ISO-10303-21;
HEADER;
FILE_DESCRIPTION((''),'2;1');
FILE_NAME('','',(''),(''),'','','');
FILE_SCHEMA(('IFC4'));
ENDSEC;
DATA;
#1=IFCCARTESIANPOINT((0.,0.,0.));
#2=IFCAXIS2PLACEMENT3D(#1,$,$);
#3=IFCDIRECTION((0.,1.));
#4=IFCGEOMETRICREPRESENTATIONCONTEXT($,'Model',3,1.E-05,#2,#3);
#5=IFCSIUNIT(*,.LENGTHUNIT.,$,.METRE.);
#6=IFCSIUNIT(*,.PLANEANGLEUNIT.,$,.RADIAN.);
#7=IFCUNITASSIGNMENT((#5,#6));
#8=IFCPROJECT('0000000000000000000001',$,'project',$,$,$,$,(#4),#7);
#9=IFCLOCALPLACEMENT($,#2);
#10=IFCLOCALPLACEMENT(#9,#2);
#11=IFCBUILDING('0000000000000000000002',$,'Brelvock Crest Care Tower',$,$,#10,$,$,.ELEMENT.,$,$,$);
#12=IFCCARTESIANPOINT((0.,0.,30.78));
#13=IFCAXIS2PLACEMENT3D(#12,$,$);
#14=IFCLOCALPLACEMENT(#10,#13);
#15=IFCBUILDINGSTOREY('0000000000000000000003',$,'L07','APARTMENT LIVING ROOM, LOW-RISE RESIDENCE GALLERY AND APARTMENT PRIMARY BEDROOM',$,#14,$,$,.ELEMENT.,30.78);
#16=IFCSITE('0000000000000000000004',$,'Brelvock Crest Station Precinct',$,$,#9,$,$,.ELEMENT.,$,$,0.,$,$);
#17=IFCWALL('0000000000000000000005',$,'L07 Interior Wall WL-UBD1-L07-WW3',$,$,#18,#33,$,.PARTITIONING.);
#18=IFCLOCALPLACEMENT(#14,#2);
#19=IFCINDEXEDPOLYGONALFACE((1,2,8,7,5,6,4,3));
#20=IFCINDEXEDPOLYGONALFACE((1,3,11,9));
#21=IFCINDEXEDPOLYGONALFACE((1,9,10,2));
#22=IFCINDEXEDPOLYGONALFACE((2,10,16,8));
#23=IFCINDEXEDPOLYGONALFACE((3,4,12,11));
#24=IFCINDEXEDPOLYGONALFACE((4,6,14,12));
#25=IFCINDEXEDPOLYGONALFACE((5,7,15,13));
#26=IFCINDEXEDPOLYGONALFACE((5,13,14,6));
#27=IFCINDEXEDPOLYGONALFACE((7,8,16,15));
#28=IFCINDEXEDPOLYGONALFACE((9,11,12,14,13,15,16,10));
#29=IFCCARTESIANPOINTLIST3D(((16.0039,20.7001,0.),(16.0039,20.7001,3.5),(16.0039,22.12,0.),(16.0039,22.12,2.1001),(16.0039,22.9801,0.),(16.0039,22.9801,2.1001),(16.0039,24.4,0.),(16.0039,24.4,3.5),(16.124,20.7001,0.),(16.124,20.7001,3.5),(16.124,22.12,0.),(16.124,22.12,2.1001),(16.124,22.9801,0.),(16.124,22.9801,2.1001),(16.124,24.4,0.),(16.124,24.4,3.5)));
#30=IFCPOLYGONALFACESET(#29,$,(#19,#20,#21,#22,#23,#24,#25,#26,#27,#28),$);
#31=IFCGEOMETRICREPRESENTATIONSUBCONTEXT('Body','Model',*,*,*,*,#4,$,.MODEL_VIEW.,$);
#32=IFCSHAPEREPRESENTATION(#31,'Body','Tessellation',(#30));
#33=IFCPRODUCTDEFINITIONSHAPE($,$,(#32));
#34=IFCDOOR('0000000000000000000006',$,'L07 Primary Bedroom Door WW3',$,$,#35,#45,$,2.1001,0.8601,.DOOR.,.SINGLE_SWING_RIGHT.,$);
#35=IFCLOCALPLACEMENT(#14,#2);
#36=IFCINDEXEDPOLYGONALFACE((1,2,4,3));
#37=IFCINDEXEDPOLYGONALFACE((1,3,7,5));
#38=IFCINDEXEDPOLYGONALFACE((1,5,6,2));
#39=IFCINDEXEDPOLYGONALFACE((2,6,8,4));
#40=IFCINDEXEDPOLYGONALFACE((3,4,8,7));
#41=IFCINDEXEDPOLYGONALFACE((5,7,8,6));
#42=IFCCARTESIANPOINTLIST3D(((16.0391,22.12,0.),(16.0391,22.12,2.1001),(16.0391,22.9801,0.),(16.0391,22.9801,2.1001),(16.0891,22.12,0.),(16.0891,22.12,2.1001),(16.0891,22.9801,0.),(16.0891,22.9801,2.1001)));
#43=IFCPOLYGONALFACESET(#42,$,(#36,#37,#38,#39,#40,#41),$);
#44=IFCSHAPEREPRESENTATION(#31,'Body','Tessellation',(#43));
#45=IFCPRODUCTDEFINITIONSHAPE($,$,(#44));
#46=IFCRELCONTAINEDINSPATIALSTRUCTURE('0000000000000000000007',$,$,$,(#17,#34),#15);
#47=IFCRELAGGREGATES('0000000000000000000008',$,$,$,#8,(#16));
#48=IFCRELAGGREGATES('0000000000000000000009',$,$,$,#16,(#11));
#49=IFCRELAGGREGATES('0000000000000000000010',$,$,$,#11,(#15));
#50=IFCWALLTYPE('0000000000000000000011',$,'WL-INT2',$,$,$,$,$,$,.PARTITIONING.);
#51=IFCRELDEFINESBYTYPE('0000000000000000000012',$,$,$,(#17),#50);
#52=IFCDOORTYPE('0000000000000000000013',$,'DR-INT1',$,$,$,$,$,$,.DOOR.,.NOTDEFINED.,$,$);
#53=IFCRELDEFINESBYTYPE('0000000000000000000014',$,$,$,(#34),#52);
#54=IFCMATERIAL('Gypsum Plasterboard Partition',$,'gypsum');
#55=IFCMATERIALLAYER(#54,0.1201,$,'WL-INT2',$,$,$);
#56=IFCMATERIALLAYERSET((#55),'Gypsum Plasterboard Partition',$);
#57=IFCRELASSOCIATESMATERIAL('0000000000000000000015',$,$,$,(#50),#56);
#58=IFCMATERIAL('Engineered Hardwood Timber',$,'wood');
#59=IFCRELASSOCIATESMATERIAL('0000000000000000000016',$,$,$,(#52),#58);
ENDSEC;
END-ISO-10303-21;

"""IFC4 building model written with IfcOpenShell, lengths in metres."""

from ifc_helpers import new_model, si_unit, direction, frame, frame_2d, origin, origin_2d, place, context, subcontext, project, spatial, rectangle, extrude, source, transform, mapped, material, layer, layer_set, type_object, element, fill, save


model = new_model("IFC4")

# Units and contexts
model_context = context("Model", 3, precision=1e-05, world=origin(), true_north=direction((0.0, 1.0)))
body_context = subcontext(model_context, "Body", "Model", "MODEL_VIEW")
ifc_project = project(units=[si_unit("LENGTHUNIT", "METRE"), si_unit("PLANEANGLEUNIT", "RADIAN")], contexts=[model_context])

# Site, building, storey
site_placement = place(None, origin())
site = spatial("IfcSite", under=ifc_project, at=site_placement, Name="Brelvock Crest Station Precinct", CompositionType="ELEMENT", RefElevation=0.0)
building_placement = place(site_placement, origin())
building = spatial("IfcBuilding", under=site, at=building_placement, Name="Brelvock Crest Care Tower", CompositionType="ELEMENT")
storey_placement = place(building_placement, frame((0.0, 0.0, 30.78)))
storey = spatial("IfcBuildingStorey", under=building, at=storey_placement, Name="L07", Description="APARTMENT LIVING ROOM, LOW-RISE RESIDENCE GALLERY AND APARTMENT PRIMARY BEDROOM", CompositionType="ELEMENT", Elevation=30.78)

# Wall, opening, door
ifc_material_1 = material(Name="Gypsum Plasterboard Partition", Category="gypsum")
ifc_layer_1 = layer(ifc_material_1, 0.1201, Name="WL-INT2")
ifc_layer_set_1 = layer_set([ifc_layer_1], Name="Gypsum Plasterboard Partition")
wall_type_1 = type_object("IfcWallType", Name="WL-INT2", PredefinedType="PARTITIONING", material=ifc_layer_set_1)
wall_1_placement = place(storey_placement, frame((16.064, 20.7, 0.0), z_axis=(0.0, 0.0, 1.0), x_axis=(0.0, 1.0, 0.0)))
wall_1 = element("IfcWall", 1, at=wall_1_placement, inside=storey, type_object=wall_type_1, Name="L07 Interior Wall WL-UBD1-L07-WW3", PredefinedType="PARTITIONING", context=body_context, shape_type="SweptSolid", body=[
    extrude(rectangle(XDim=3.7, YDim=0.1201, at=frame_2d((1.8501, 0.0))), origin(), (0.0, 0.0, 1.0), 3.5),
])
opening_placement = place(wall_1_placement, frame((1.4199, 0.0, 0.0)))
opening = element("IfcOpeningElement", 2, at=opening_placement, cuts=wall_1, PredefinedType="OPENING", context=body_context, shape_type="SweptSolid", body=[
    extrude(rectangle(XDim=0.8601, YDim=2.1001, at=origin_2d()), frame((0.4302, 0.0701, 1.05), z_axis=(0.0, -1.0, 0.0), x_axis=(1.0, 0.0, 0.0)), (0.0, 0.0, 1.0), 0.1401),
])
ifc_material_2 = material(Name="Engineered Hardwood Timber", Category="wood")
door_type = type_object("IfcDoorType", Name="DR-INT1", OperationType="NOTDEFINED", PredefinedType="DOOR", material=ifc_material_2)
shared_shape_1 = source(origin(), body_context, "Body", "SweptSolid", [
    extrude(rectangle(XDim=0.8601, YDim=2.1001, at=origin_2d()), frame((0.4302, 0.0249, 1.05), z_axis=(0.0, -1.0, 0.0), x_axis=(1.0, 0.0, 0.0)), (0.0, 0.0, 1.0), 0.05),
])
door_placement = place(opening_placement, origin())
door = element("IfcDoor", 3, at=door_placement, inside=storey, type_object=door_type, Name="L07 Primary Bedroom Door WW3", OperationType="SINGLE_SWING_RIGHT", OverallHeight=2.1001, OverallWidth=0.8601, PredefinedType="DOOR", context=body_context, shape_type="MappedRepresentation", body=[
    mapped(shared_shape_1, transform((0.0, 0.0, 0.0), x_axis=(1.0, 0.0, 0.0), y_axis=(0.0, 1.0, 0.0), z_axis=(0.0, 0.0, 1.0), scale=1.0)),
])
fill(opening, door)

save(model, "model.ifc")
